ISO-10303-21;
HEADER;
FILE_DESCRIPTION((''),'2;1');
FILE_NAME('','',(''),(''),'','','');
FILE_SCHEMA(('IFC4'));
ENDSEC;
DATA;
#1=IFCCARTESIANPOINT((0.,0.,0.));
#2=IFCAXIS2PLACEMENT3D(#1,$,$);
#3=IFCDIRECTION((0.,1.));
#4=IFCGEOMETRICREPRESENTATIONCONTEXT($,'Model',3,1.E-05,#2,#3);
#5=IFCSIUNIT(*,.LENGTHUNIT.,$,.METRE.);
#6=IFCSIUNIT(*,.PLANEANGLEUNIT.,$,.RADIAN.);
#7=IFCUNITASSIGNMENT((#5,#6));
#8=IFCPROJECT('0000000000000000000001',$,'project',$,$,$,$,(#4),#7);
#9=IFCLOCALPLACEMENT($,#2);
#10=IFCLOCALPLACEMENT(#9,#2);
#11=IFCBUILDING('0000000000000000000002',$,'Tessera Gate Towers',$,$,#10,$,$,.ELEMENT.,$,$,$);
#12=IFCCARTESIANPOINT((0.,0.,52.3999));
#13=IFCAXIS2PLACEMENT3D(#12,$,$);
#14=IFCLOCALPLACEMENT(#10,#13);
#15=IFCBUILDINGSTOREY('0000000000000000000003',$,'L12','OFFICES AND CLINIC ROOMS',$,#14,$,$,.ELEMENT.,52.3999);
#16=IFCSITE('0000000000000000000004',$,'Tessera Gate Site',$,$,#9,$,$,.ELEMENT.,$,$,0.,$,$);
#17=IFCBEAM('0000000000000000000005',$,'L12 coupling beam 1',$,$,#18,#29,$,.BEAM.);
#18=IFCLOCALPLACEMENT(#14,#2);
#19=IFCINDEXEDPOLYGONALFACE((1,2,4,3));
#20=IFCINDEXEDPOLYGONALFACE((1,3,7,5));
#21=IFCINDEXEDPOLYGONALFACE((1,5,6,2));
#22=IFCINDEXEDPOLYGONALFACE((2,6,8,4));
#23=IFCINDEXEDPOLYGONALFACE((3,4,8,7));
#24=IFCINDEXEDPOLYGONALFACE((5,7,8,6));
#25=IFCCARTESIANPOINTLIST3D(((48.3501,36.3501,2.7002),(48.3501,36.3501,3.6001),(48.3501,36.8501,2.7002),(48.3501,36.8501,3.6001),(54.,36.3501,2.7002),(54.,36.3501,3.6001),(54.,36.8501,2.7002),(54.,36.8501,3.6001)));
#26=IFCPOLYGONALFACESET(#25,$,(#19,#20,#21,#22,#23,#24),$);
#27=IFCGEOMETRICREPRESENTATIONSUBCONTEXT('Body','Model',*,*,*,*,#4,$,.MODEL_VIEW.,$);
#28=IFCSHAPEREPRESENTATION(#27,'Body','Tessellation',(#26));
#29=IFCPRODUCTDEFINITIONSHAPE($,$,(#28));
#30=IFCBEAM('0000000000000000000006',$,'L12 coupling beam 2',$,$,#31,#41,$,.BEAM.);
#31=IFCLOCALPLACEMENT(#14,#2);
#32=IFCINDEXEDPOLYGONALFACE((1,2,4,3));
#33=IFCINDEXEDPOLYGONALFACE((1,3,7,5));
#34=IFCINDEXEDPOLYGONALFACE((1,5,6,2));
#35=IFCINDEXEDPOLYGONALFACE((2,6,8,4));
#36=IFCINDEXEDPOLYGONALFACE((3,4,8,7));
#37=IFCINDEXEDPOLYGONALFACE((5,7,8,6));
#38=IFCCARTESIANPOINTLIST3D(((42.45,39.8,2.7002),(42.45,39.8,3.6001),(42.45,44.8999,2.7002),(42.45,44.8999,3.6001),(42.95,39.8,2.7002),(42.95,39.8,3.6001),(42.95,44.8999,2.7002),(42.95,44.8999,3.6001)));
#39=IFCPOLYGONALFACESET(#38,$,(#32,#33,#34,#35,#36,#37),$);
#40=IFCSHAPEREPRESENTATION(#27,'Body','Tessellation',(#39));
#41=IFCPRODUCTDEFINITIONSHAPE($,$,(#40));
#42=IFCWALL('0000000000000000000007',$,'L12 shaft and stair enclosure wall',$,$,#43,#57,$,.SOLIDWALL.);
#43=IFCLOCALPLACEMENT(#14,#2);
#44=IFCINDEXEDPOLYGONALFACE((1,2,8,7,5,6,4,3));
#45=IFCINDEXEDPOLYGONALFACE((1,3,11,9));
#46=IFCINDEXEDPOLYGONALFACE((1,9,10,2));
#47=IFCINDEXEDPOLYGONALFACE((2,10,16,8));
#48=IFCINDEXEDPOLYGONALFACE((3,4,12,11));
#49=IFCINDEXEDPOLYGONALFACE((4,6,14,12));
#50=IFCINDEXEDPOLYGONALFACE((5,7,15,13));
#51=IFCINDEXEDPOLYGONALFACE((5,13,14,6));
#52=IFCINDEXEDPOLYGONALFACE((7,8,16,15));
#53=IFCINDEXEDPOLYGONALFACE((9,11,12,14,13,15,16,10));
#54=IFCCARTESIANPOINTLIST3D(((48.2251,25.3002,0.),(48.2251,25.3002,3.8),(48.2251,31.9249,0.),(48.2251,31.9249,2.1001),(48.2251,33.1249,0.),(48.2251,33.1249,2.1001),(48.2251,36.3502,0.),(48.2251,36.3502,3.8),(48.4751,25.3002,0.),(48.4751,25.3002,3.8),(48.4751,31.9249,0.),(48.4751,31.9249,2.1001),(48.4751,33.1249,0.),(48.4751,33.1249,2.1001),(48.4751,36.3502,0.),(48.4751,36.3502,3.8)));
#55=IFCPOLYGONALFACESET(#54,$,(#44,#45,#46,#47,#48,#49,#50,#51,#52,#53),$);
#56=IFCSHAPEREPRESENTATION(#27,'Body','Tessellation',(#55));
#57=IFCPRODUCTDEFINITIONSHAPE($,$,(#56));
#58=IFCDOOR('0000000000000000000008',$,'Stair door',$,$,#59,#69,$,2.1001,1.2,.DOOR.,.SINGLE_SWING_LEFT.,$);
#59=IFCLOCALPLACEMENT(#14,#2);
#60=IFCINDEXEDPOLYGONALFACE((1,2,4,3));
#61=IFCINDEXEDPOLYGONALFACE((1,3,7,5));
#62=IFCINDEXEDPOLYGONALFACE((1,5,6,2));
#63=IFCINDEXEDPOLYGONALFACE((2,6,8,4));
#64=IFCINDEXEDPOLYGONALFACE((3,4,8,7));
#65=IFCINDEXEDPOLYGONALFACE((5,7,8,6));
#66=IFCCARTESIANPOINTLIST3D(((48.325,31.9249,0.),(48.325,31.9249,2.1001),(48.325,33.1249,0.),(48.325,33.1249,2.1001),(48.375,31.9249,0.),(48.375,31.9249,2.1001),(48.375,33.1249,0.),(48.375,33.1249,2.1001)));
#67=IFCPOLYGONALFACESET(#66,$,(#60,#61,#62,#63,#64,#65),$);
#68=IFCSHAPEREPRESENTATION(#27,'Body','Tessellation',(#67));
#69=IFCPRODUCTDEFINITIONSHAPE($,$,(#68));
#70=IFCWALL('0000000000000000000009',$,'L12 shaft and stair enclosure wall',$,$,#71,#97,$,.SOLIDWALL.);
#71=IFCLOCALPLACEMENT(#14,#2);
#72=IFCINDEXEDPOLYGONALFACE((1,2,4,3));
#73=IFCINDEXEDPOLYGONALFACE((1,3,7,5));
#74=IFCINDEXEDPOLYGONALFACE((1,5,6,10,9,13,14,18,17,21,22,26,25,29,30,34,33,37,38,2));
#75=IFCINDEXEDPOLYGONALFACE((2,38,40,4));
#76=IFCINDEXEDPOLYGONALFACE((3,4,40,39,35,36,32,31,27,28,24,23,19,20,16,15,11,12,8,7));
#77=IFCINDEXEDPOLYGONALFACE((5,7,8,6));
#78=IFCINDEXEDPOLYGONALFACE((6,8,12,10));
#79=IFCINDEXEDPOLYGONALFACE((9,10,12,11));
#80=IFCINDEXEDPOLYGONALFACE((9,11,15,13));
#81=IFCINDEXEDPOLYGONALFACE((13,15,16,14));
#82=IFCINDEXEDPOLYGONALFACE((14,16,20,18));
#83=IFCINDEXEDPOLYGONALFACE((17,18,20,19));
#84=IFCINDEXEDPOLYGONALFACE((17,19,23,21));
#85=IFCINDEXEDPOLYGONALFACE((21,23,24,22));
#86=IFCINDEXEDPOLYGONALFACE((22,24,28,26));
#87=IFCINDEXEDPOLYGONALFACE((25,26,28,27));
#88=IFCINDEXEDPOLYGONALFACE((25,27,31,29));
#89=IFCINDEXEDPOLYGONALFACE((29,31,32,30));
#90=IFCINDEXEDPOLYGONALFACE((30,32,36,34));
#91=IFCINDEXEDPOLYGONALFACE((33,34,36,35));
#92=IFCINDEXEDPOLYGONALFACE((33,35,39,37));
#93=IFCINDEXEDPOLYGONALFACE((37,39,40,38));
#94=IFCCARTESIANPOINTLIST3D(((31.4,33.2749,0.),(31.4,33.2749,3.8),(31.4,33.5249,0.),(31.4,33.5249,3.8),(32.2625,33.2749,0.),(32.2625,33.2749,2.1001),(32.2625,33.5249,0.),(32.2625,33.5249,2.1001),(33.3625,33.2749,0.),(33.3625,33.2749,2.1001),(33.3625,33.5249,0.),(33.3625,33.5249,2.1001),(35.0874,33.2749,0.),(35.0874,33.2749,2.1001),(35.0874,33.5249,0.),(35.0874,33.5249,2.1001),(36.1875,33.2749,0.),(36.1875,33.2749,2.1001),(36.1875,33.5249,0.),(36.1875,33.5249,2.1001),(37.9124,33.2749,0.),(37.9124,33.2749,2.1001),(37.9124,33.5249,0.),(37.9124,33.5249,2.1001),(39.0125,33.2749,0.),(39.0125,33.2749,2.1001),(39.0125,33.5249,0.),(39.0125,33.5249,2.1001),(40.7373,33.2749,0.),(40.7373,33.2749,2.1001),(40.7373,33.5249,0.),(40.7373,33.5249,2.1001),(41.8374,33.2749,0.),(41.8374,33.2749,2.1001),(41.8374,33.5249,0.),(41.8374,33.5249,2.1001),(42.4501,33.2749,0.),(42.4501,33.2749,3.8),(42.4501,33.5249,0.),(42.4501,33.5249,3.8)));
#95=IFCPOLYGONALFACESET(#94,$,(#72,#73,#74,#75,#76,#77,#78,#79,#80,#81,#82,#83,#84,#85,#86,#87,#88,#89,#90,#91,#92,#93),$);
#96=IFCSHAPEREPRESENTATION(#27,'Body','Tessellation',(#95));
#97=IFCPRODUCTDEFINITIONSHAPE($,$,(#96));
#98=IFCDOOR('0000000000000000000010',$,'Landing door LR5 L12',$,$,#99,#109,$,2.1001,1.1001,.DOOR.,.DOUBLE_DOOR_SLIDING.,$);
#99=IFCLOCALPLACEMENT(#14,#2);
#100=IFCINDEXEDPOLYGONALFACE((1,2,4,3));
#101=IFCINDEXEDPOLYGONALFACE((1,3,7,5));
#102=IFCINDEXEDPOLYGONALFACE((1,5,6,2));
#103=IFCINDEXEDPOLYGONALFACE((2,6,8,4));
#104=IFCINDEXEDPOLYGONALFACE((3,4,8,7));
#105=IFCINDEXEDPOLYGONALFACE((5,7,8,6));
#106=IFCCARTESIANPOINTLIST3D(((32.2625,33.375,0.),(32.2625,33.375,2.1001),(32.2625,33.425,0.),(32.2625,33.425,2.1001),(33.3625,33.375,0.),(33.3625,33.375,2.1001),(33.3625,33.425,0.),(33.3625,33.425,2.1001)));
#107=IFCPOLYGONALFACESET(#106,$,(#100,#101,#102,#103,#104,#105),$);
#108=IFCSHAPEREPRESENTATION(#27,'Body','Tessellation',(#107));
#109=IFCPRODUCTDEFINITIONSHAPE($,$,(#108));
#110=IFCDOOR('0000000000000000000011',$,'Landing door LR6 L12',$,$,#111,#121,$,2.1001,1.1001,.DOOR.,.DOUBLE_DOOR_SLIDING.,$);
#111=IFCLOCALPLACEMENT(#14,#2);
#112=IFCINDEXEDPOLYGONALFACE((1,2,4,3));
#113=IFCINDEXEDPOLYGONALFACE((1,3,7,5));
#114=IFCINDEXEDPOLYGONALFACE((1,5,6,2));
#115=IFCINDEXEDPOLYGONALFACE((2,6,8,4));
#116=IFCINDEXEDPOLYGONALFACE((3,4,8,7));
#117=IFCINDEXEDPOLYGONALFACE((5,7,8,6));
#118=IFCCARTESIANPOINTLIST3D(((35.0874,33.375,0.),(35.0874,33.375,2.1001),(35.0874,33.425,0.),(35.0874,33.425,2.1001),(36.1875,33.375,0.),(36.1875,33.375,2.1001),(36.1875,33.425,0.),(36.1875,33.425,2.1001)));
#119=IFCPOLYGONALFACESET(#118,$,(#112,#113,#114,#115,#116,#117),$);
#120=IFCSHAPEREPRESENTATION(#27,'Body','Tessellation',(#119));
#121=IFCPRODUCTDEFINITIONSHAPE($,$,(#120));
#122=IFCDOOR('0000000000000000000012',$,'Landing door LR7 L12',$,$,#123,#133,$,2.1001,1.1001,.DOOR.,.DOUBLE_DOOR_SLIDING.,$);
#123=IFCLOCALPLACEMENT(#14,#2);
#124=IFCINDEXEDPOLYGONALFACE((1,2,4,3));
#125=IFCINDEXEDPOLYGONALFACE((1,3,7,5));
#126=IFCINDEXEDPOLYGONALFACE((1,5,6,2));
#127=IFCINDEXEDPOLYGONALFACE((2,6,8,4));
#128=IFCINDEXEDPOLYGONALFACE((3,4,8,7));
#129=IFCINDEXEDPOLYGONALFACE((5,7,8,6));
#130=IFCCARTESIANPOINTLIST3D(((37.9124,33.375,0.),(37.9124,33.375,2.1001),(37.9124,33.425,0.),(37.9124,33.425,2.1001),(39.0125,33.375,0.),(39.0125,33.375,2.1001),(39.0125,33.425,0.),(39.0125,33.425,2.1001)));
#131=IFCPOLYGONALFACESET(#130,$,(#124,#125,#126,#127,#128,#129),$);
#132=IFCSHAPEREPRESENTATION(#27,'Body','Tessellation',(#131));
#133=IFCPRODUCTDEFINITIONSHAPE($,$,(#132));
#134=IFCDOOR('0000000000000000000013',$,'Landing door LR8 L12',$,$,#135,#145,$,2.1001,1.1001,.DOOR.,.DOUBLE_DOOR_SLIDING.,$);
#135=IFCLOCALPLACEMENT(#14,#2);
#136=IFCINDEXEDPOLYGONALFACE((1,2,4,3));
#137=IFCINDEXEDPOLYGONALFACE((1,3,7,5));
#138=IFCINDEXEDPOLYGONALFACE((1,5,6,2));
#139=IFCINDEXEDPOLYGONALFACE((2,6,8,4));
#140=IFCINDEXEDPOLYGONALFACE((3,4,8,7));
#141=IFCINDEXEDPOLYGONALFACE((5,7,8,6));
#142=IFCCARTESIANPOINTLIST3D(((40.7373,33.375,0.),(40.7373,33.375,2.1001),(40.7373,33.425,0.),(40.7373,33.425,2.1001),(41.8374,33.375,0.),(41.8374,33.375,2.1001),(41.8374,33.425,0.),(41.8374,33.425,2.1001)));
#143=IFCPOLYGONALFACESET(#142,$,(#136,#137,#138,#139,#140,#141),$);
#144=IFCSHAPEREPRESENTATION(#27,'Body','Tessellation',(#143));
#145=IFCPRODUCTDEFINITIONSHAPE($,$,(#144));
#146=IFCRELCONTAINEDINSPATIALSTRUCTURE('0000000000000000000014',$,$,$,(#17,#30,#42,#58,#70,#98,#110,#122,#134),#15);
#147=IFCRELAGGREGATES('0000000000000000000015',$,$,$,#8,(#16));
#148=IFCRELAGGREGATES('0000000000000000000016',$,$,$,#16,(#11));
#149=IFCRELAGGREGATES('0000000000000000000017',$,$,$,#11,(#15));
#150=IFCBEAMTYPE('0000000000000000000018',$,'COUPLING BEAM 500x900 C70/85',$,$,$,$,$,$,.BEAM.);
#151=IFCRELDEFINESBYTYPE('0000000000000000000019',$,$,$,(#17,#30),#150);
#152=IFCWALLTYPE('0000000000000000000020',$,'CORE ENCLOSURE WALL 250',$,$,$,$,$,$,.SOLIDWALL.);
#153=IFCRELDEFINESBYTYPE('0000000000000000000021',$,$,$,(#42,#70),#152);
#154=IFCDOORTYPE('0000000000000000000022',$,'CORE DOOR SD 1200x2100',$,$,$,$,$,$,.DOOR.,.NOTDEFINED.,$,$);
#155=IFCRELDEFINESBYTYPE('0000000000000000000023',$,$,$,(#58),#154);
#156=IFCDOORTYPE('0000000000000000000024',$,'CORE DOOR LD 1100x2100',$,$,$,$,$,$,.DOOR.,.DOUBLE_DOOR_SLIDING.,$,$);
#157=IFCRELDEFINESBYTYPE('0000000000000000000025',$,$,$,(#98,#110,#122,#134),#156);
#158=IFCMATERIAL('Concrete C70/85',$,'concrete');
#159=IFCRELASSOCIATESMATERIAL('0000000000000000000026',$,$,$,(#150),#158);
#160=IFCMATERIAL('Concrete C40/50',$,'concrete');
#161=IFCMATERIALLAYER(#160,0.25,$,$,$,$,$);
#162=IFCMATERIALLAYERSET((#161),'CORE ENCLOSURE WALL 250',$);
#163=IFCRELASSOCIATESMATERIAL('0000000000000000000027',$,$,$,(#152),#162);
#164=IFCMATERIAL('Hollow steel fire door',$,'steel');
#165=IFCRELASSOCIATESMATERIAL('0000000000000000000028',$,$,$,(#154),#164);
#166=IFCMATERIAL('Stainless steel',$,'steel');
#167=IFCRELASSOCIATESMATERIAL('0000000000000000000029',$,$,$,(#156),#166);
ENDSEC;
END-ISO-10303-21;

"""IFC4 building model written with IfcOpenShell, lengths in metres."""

from ifc_helpers import new_model, si_unit, direction, frame, frame_2d, origin, origin_2d, place, context, subcontext, project, spatial, rectangle, extrude, source, transform, mapped, material, layer, layer_set, material_profile, profile_set, type_object, element, fill, save


model = new_model("IFC4")

# Units and contexts
model_context = context("Model", 3, precision=1e-05, world=origin(), true_north=direction((0.0, 1.0)))
body_context = subcontext(model_context, "Body", "Model", "MODEL_VIEW")
ifc_project = project(units=[si_unit("LENGTHUNIT", "METRE"), si_unit("PLANEANGLEUNIT", "RADIAN")], contexts=[model_context])

# Site, building, storey
site_placement = place(None, origin())
site = spatial("IfcSite", under=ifc_project, at=site_placement, Name="Tessera Gate Site", CompositionType="ELEMENT", RefElevation=0.0)
building_placement = place(site_placement, origin())
building = spatial("IfcBuilding", under=site, at=building_placement, Name="Tessera Gate Towers", CompositionType="ELEMENT")
storey_placement = place(building_placement, frame((0.0, 0.0, 52.3999)))
storey = spatial("IfcBuildingStorey", under=building, at=storey_placement, Name="L12", Description="OFFICES AND CLINIC ROOMS", CompositionType="ELEMENT", Elevation=52.3999)

# Beams
ifc_material_1 = material(Name="Concrete C70/85", Category="concrete")
ifc_material_profile = material_profile(ifc_material_1, rectangle(XDim=0.5, YDim=0.8999, at=origin_2d()), Name="RC 500x900")
ifc_profile_set = profile_set([ifc_material_profile], Name="Concrete C70/85")
beam_type = type_object("IfcBeamType", Name="COUPLING BEAM 500x900 C70/85", PredefinedType="BEAM", material=ifc_profile_set)
beam_1_placement = place(storey_placement, frame((48.3501, 36.6001, 3.1501), z_axis=(1.0, 0.0, 0.0), x_axis=(0.0, 1.0, 0.0)))
element("IfcBeam", 1, at=beam_1_placement, inside=storey, type_object=beam_type, Name="L12 coupling beam 1", PredefinedType="BEAM", context=body_context, shape_type="SweptSolid", body=[
    extrude(rectangle(XDim=0.5, YDim=0.8999, at=origin_2d()), origin(), (0.0, 0.0, 1.0), 5.6499),
])
beam_2_placement = place(storey_placement, frame((42.7, 39.8, 3.1501), z_axis=(0.0, 1.0, 0.0), x_axis=(-1.0, 0.0, 0.0)))
element("IfcBeam", 2, at=beam_2_placement, inside=storey, type_object=beam_type, Name="L12 coupling beam 2", PredefinedType="BEAM", context=body_context, shape_type="SweptSolid", body=[
    extrude(rectangle(XDim=0.5, YDim=0.8999, at=origin_2d()), origin(), (0.0, 0.0, 1.0), 5.0999),
])

# Wall, opening, door
ifc_material_2 = material(Name="Concrete C40/50", Category="concrete")
ifc_layer_1 = layer(ifc_material_2, 0.25)
ifc_layer_set_1 = layer_set([ifc_layer_1], Name="CORE ENCLOSURE WALL 250")
wall_type_1 = type_object("IfcWallType", Name="CORE ENCLOSURE WALL 250", PredefinedType="SOLIDWALL", material=ifc_layer_set_1)
wall_1_placement = place(storey_placement, frame((48.3501, 36.3501, 0.0), z_axis=(0.0, 0.0, 1.0), x_axis=(0.0, -1.0, 0.0)))
wall_1 = element("IfcWall", 3, at=wall_1_placement, inside=storey, type_object=wall_type_1, Name="L12 shaft and stair enclosure wall", PredefinedType="SOLIDWALL", context=body_context, shape_type="SweptSolid", body=[
    extrude(rectangle(XDim=11.05, YDim=0.25, at=frame_2d((5.5249, 0.0))), origin(), (0.0, 0.0, 1.0), 3.8),
])
shared_shape_1 = source(origin(), body_context, "Body", "SweptSolid", [
    extrude(rectangle(XDim=1.2, YDim=2.1001, at=frame_2d((0.6001, 1.05))), frame((0.0, 0.135, 0.0), z_axis=(0.0, -1.0, 0.0), x_axis=(1.0, 0.0, 0.0)), (0.0, 0.0, 1.0), 0.27),
])
opening_1_placement = place(wall_1_placement, frame((3.2251, 0.0, 0.0)))
opening_1 = element("IfcOpeningElement", 4, at=opening_1_placement, cuts=wall_1, PredefinedType="OPENING", context=body_context, shape_type="MappedRepresentation", body=[
    mapped(shared_shape_1, transform((0.0, 0.0, 0.0), scale=1.0)),
])
ifc_material_3 = material(Name="Hollow steel fire door", Category="steel")
door_type_1 = type_object("IfcDoorType", Name="CORE DOOR SD 1200x2100", OperationType="NOTDEFINED", PredefinedType="DOOR", material=ifc_material_3)
shared_shape_2 = source(origin(), body_context, "Body", "SweptSolid", [
    extrude(rectangle(XDim=1.2, YDim=2.1001, at=frame_2d((0.6001, 1.05))), frame((0.0, 0.0249, 0.0), z_axis=(0.0, -1.0, 0.0), x_axis=(1.0, 0.0, 0.0)), (0.0, 0.0, 1.0), 0.05),
])
door_1_placement = place(opening_1_placement, origin())
door_1 = element("IfcDoor", 5, at=door_1_placement, inside=storey, type_object=door_type_1, Name="Stair door", OperationType="SINGLE_SWING_LEFT", OverallHeight=2.1001, OverallWidth=1.2, PredefinedType="DOOR", context=body_context, shape_type="MappedRepresentation", body=[
    mapped(shared_shape_2, transform((0.0, 0.0, 0.0), scale=1.0)),
])
fill(opening_1, door_1)

# Wall, openings, doors
wall_2_placement = place(storey_placement, frame((42.45, 33.3999, 0.0), z_axis=(0.0, 0.0, 1.0), x_axis=(-1.0, 0.0, 0.0)))
wall_2 = element("IfcWall", 6, at=wall_2_placement, inside=storey, type_object=wall_type_1, Name="L12 shaft and stair enclosure wall", PredefinedType="SOLIDWALL", context=body_context, shape_type="SweptSolid", body=[
    extrude(rectangle(XDim=11.05, YDim=0.25, at=frame_2d((5.5249, 0.0))), origin(), (0.0, 0.0, 1.0), 3.8),
])
shared_shape_3 = source(origin(), body_context, "Body", "SweptSolid", [
    extrude(rectangle(XDim=1.1001, YDim=2.1001, at=frame_2d((0.55, 1.05))), frame((0.0, 0.135, 0.0), z_axis=(0.0, -1.0, 0.0), x_axis=(1.0, 0.0, 0.0)), (0.0, 0.0, 1.0), 0.27),
])
opening_2_placement = place(wall_2_placement, frame((9.0874, 0.0, 0.0)))
opening_2 = element("IfcOpeningElement", 7, at=opening_2_placement, cuts=wall_2, PredefinedType="OPENING", context=body_context, shape_type="MappedRepresentation", body=[
    mapped(shared_shape_3, transform((0.0, 0.0, 0.0), scale=1.0)),
])
opening_3_placement = place(wall_2_placement, frame((6.2625, 0.0, 0.0)))
opening_3 = element("IfcOpeningElement", 8, at=opening_3_placement, cuts=wall_2, PredefinedType="OPENING", context=body_context, shape_type="MappedRepresentation", body=[
    mapped(shared_shape_3, transform((0.0, 0.0, 0.0), scale=1.0)),
])
opening_4_placement = place(wall_2_placement, frame((3.4375, 0.0, 0.0)))
opening_4 = element("IfcOpeningElement", 9, at=opening_4_placement, cuts=wall_2, PredefinedType="OPENING", context=body_context, shape_type="MappedRepresentation", body=[
    mapped(shared_shape_3, transform((0.0, 0.0, 0.0), scale=1.0)),
])
opening_5_placement = place(wall_2_placement, frame((0.6125, 0.0, 0.0)))
opening_5 = element("IfcOpeningElement", 10, at=opening_5_placement, cuts=wall_2, PredefinedType="OPENING", context=body_context, shape_type="MappedRepresentation", body=[
    mapped(shared_shape_3, transform((0.0, 0.0, 0.0), scale=1.0)),
])
ifc_material_4 = material(Name="Stainless steel", Category="steel")
door_type_2 = type_object("IfcDoorType", Name="CORE DOOR LD 1100x2100", OperationType="DOUBLE_DOOR_SLIDING", PredefinedType="DOOR", material=ifc_material_4)
shared_shape_4 = source(origin(), body_context, "Body", "SweptSolid", [
    extrude(rectangle(XDim=1.1001, YDim=2.1001, at=frame_2d((0.55, 1.05))), frame((0.0, 0.0249, 0.0), z_axis=(0.0, -1.0, 0.0), x_axis=(1.0, 0.0, 0.0)), (0.0, 0.0, 1.0), 0.05),
])
door_2_placement = place(opening_2_placement, origin())
door_2 = element("IfcDoor", 11, at=door_2_placement, inside=storey, type_object=door_type_2, Name="Landing door LR5 L12", OperationType="DOUBLE_DOOR_SLIDING", OverallHeight=2.1001, OverallWidth=1.1001, PredefinedType="DOOR", context=body_context, shape_type="MappedRepresentation", body=[
    mapped(shared_shape_4, transform((0.0, 0.0, 0.0), scale=1.0)),
])
fill(opening_2, door_2)
door_3_placement = place(opening_3_placement, origin())
door_3 = element("IfcDoor", 12, at=door_3_placement, inside=storey, type_object=door_type_2, Name="Landing door LR6 L12", OperationType="DOUBLE_DOOR_SLIDING", OverallHeight=2.1001, OverallWidth=1.1001, PredefinedType="DOOR", context=body_context, shape_type="MappedRepresentation", body=[
    mapped(shared_shape_4, transform((0.0, 0.0, 0.0), scale=1.0)),
])
fill(opening_3, door_3)
door_4_placement = place(opening_4_placement, origin())
door_4 = element("IfcDoor", 13, at=door_4_placement, inside=storey, type_object=door_type_2, Name="Landing door LR7 L12", OperationType="DOUBLE_DOOR_SLIDING", OverallHeight=2.1001, OverallWidth=1.1001, PredefinedType="DOOR", context=body_context, shape_type="MappedRepresentation", body=[
    mapped(shared_shape_4, transform((0.0, 0.0, 0.0), scale=1.0)),
])
fill(opening_4, door_4)
door_5_placement = place(opening_5_placement, origin())
door_5 = element("IfcDoor", 14, at=door_5_placement, inside=storey, type_object=door_type_2, Name="Landing door LR8 L12", OperationType="DOUBLE_DOOR_SLIDING", OverallHeight=2.1001, OverallWidth=1.1001, PredefinedType="DOOR", context=body_context, shape_type="MappedRepresentation", body=[
    mapped(shared_shape_4, transform((0.0, 0.0, 0.0), scale=1.0)),
])
fill(opening_5, door_5)

save(model, "model.ifc")
